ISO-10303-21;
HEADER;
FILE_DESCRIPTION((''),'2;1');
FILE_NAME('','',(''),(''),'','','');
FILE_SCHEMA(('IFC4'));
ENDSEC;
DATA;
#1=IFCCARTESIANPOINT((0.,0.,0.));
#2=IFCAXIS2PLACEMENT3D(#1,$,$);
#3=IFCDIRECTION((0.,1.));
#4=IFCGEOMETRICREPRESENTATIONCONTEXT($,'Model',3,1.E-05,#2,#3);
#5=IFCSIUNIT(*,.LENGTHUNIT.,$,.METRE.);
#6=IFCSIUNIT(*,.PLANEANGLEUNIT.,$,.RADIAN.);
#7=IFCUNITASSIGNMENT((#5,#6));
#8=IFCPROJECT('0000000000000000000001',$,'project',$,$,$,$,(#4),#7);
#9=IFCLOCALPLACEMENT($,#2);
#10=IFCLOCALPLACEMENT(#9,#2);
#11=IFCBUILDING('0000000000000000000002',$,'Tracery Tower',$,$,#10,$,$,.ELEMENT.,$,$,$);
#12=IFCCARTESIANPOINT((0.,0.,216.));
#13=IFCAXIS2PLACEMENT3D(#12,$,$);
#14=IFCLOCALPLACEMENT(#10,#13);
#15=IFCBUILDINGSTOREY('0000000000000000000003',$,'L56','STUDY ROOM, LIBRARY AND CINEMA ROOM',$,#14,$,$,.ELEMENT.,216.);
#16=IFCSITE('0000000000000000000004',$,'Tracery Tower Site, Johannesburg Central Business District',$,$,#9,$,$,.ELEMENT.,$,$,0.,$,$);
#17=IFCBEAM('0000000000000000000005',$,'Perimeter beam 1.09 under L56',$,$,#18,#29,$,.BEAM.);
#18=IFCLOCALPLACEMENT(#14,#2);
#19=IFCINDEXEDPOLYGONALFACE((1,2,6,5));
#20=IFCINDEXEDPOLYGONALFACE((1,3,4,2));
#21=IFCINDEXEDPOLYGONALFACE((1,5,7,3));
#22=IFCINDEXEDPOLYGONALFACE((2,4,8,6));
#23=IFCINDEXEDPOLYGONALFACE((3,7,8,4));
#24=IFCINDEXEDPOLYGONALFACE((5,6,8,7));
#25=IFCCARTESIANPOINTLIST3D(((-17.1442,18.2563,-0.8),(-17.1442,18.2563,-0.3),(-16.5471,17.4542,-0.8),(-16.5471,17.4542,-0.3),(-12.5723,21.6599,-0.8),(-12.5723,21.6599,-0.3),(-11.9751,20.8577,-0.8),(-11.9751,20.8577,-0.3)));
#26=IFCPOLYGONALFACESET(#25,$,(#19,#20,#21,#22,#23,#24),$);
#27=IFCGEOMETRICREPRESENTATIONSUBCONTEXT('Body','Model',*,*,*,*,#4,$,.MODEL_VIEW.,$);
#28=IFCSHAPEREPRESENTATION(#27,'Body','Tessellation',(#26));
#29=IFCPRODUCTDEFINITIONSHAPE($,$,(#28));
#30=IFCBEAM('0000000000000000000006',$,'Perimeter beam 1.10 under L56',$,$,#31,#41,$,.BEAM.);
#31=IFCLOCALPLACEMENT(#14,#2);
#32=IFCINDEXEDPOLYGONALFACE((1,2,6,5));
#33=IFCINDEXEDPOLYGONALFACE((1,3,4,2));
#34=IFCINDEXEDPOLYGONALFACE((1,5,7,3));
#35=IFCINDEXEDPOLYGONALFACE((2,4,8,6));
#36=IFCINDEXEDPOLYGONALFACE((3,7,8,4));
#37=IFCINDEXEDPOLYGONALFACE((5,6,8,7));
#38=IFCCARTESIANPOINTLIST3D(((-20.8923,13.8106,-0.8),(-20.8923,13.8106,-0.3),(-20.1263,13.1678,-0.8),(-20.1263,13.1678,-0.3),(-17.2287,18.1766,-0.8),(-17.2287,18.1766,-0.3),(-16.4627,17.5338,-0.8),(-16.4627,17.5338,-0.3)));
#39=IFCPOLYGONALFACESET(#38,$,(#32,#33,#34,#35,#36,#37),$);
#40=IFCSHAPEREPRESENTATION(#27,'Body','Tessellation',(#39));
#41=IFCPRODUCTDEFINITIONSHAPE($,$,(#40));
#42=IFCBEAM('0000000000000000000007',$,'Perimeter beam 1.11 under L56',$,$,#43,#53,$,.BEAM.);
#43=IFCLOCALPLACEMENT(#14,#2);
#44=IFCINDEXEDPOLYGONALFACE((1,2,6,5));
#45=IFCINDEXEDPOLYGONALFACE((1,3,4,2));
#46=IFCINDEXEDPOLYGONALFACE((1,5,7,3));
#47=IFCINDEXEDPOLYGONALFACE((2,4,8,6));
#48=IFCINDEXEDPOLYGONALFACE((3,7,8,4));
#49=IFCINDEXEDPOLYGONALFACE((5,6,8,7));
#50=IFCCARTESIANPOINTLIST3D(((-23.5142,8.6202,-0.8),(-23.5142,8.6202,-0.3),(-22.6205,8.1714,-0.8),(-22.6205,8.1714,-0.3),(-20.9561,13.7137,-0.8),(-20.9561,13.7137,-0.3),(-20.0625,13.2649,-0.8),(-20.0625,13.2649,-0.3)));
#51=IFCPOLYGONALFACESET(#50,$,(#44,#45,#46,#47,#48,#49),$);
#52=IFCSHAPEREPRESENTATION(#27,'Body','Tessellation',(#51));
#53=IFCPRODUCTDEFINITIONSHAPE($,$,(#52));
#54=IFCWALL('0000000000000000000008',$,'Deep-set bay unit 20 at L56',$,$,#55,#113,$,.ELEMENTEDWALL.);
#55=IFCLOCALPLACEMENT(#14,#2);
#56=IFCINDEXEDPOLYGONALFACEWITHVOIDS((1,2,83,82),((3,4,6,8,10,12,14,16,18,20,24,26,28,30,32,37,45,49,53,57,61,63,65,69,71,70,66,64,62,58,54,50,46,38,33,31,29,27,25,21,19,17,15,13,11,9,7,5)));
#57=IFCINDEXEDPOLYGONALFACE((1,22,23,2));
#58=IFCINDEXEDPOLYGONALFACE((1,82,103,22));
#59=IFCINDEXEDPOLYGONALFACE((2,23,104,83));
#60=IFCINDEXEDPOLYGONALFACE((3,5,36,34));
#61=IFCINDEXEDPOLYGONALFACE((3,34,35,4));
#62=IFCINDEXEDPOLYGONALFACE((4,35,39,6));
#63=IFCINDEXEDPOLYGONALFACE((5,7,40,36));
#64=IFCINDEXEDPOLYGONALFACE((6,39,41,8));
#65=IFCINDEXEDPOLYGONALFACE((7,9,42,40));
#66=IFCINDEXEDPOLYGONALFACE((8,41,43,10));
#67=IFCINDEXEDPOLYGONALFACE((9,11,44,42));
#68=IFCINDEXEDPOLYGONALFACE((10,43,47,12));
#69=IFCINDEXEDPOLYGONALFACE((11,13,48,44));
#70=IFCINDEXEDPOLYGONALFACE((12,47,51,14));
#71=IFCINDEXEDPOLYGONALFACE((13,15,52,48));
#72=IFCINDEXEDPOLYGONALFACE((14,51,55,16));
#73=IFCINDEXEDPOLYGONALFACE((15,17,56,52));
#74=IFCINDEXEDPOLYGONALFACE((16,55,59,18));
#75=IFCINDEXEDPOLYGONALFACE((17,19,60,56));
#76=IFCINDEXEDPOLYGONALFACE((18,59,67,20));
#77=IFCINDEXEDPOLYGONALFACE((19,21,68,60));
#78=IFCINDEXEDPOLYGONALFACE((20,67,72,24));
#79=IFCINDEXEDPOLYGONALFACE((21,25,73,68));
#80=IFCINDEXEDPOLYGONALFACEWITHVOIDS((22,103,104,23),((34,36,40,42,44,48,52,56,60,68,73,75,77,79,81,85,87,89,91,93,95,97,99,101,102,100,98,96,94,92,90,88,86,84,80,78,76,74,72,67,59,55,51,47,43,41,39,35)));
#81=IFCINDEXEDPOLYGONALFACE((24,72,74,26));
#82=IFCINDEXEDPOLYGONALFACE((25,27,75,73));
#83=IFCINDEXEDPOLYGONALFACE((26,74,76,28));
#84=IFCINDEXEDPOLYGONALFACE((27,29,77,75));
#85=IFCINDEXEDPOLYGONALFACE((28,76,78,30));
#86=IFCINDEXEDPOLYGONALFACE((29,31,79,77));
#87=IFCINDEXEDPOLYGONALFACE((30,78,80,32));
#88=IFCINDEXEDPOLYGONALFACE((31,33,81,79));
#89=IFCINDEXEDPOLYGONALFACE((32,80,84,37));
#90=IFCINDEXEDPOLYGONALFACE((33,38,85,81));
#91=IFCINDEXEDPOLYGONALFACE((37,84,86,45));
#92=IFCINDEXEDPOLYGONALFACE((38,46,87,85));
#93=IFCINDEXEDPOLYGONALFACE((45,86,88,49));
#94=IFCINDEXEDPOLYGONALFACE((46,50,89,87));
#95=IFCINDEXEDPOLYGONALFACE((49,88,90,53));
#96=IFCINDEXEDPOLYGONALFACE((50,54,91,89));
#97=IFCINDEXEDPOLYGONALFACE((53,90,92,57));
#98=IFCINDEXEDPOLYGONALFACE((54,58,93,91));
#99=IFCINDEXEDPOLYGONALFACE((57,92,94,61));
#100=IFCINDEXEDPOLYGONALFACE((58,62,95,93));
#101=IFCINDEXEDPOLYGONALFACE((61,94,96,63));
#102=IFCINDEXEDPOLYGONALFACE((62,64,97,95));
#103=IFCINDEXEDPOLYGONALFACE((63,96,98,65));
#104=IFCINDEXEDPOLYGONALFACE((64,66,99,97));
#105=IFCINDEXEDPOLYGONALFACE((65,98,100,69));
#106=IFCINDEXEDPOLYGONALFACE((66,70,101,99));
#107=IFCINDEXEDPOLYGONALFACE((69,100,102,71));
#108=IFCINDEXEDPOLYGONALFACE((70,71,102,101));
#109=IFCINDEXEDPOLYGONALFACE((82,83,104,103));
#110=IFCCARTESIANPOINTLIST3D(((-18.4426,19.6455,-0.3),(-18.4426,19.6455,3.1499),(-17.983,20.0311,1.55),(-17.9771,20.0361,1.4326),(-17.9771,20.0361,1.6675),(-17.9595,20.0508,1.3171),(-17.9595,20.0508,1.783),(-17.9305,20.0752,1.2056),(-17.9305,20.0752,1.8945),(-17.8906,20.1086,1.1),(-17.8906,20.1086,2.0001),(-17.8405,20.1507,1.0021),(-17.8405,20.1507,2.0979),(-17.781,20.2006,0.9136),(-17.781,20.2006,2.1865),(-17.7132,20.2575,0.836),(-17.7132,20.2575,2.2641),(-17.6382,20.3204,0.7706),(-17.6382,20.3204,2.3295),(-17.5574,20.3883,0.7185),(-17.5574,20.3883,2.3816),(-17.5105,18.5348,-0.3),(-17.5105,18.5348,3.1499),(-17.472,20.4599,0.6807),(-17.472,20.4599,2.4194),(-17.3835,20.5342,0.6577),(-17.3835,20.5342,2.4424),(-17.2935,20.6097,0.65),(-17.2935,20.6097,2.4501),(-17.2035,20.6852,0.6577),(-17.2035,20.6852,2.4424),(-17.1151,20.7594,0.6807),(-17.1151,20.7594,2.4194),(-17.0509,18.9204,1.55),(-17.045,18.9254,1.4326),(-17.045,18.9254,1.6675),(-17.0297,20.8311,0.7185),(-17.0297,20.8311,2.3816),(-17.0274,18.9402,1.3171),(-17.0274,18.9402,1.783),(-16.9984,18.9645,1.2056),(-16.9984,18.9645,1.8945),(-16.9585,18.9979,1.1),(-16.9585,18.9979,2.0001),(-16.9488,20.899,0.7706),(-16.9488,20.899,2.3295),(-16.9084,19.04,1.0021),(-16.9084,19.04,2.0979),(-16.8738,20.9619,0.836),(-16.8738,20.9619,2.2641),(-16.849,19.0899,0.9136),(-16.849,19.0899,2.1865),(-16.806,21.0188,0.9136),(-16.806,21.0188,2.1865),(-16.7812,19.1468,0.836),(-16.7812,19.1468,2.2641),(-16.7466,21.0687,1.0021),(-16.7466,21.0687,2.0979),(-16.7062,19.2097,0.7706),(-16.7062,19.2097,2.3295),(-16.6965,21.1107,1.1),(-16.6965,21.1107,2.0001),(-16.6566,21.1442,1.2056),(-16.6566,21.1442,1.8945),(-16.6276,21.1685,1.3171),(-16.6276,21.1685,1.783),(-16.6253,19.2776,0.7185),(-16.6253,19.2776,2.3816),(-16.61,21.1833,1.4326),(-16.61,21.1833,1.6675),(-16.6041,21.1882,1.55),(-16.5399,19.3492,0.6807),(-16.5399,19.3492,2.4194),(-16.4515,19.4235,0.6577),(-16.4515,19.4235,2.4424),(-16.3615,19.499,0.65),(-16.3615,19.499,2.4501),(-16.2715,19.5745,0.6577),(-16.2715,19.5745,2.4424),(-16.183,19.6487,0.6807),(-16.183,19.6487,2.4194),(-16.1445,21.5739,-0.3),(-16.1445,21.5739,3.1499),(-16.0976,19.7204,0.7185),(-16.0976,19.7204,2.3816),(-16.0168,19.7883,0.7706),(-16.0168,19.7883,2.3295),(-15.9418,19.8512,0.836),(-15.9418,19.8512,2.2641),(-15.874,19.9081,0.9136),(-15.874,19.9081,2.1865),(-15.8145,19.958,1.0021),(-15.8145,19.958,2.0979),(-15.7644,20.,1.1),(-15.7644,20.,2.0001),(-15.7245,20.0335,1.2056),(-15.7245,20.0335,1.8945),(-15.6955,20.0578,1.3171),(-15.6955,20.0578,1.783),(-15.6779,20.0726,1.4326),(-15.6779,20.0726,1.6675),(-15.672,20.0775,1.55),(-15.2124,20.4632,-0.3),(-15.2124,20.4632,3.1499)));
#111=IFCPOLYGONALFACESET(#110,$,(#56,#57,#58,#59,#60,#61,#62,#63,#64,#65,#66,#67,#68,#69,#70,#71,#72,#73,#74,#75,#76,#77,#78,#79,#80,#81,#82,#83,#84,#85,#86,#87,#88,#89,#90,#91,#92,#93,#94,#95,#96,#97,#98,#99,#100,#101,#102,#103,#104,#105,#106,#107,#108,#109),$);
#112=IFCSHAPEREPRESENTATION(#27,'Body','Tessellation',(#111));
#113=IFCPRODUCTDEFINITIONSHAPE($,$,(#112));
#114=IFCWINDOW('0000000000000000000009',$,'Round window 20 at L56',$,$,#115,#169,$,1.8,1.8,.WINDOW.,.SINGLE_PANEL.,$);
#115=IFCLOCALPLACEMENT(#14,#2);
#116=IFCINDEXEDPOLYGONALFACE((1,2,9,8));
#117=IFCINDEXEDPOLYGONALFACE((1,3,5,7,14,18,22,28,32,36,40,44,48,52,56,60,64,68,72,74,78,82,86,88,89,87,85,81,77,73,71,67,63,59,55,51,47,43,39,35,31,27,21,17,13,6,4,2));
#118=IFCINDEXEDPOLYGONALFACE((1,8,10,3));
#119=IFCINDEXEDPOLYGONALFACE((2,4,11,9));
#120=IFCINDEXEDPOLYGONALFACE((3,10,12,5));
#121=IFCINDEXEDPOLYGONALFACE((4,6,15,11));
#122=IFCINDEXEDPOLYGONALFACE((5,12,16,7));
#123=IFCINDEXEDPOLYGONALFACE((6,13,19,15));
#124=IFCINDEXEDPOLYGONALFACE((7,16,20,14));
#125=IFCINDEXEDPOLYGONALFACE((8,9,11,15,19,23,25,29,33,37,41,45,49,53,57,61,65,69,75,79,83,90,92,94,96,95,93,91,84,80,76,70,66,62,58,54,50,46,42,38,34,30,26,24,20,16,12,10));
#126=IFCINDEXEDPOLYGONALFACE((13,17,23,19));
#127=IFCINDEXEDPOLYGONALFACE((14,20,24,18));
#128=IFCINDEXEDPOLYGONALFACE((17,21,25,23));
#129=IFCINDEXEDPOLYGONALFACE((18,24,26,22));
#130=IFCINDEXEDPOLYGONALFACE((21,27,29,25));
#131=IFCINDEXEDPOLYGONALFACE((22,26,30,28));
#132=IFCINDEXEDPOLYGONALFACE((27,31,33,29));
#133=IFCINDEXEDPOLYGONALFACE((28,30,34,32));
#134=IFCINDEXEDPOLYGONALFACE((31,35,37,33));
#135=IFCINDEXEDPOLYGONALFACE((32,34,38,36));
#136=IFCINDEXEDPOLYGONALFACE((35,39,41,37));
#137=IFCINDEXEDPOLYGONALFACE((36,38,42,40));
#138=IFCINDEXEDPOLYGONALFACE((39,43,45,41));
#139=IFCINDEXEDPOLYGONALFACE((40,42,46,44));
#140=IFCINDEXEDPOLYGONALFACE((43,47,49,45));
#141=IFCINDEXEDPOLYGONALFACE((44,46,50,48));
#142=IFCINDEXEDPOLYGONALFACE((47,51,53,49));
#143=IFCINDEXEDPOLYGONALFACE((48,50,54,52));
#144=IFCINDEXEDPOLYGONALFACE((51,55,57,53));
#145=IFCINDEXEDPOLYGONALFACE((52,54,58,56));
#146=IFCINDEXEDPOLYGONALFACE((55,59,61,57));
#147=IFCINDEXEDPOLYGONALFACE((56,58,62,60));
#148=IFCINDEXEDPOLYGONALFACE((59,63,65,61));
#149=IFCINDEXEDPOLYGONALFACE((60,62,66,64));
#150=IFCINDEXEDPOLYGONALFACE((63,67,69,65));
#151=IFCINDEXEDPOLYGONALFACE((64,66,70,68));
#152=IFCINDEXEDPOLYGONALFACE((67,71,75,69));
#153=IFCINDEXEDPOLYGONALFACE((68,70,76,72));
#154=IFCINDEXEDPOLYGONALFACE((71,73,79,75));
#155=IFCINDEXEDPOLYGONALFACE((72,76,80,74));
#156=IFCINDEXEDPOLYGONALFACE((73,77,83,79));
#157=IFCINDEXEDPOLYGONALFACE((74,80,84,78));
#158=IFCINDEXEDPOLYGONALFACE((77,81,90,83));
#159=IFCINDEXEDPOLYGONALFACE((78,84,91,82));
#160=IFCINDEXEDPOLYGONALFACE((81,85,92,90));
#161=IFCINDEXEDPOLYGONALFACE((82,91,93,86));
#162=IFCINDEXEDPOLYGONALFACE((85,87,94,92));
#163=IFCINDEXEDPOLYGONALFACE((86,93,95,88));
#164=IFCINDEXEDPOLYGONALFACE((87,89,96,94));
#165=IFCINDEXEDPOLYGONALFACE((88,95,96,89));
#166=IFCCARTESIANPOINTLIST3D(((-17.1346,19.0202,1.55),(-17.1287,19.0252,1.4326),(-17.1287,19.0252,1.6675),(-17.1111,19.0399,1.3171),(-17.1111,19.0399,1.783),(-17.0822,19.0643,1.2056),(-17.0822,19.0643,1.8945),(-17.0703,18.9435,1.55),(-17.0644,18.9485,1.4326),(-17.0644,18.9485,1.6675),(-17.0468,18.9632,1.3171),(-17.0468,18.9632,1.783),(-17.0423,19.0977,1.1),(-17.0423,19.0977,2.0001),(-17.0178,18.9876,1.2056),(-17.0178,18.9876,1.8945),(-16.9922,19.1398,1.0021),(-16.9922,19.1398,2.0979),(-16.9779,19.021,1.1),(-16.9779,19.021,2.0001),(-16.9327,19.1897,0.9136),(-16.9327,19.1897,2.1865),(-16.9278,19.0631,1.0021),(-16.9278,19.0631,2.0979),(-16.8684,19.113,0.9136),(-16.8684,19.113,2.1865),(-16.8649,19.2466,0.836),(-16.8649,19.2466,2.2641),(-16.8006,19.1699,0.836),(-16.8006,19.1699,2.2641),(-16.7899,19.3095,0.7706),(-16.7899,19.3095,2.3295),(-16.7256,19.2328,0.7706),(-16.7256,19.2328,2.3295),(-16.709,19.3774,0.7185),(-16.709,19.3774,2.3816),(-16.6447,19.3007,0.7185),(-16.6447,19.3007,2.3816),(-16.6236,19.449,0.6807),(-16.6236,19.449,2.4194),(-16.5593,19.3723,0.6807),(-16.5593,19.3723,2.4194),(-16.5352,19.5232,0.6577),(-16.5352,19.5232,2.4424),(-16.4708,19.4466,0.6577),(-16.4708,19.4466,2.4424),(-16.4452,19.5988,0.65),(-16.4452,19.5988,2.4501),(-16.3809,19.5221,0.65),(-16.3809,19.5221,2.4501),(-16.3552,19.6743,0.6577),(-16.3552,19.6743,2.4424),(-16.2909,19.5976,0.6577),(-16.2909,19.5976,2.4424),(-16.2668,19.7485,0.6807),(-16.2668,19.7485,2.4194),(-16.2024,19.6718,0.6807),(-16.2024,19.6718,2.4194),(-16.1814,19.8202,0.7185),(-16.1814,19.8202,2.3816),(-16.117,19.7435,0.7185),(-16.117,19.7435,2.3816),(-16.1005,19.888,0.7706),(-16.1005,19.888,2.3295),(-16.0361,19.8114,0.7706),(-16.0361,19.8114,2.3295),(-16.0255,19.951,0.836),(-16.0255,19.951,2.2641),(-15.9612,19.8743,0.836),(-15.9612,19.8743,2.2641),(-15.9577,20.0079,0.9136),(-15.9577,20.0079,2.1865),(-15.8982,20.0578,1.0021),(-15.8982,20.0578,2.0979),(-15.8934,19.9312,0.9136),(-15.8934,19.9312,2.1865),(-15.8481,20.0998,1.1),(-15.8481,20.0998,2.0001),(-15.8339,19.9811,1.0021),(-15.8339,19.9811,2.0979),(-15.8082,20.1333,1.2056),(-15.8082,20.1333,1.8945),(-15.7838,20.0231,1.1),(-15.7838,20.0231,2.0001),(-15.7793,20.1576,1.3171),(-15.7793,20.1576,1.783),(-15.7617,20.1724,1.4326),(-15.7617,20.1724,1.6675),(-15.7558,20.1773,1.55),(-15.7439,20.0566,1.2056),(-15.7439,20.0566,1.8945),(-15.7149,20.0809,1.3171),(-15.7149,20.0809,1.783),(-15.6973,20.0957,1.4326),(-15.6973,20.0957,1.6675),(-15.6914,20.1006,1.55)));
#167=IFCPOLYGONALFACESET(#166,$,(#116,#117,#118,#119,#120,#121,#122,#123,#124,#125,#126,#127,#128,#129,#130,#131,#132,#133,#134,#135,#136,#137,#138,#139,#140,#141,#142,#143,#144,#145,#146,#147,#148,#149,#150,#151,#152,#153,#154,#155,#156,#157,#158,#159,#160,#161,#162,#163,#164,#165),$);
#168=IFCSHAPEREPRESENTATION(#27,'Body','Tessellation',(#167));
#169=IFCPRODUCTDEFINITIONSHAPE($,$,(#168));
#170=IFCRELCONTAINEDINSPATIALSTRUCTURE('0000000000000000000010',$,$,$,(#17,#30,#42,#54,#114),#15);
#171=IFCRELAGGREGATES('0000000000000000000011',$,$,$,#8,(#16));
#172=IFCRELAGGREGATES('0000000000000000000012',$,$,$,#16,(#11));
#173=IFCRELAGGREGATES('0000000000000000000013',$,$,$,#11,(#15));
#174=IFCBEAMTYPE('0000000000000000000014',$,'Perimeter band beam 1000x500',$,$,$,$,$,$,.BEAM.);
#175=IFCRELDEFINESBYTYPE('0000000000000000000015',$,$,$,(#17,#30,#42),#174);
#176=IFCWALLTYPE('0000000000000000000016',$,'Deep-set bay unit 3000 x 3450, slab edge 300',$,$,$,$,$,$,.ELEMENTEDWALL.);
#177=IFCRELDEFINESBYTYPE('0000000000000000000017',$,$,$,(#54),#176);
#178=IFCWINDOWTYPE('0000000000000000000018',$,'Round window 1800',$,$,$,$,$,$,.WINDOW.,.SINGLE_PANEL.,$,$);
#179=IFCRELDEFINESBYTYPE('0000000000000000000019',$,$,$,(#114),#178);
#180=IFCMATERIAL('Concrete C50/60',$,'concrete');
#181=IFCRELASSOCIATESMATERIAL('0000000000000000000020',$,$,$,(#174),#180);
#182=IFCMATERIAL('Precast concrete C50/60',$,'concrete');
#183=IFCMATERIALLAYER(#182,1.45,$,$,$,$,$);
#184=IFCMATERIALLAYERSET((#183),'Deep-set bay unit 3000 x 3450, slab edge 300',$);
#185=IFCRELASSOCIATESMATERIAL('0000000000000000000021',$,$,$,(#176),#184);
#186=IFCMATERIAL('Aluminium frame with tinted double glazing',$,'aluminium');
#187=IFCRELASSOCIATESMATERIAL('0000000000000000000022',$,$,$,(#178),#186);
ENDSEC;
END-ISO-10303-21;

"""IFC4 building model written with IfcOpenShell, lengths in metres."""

from ifc_helpers import new_model, si_unit, direction, frame, frame_2d, origin, origin_2d, place, context, subcontext, project, spatial, rectangle, circle, extrude, material, layer, layer_set, material_profile, profile_set, type_object, element, fill, save


model = new_model("IFC4")

# Units and contexts
model_context = context("Model", 3, precision=1e-05, world=origin(), true_north=direction((0.0, 1.0)))
body_context = subcontext(model_context, "Body", "Model", "MODEL_VIEW")
ifc_project = project(units=[si_unit("LENGTHUNIT", "METRE"), si_unit("PLANEANGLEUNIT", "RADIAN")], contexts=[model_context])

# Site, building, storey
site_placement = place(None, origin())
site = spatial("IfcSite", under=ifc_project, at=site_placement, Name="Tracery Tower Site, Johannesburg Central Business District", CompositionType="ELEMENT", RefElevation=0.0)
building_placement = place(site_placement, origin())
building = spatial("IfcBuilding", under=site, at=building_placement, Name="Tracery Tower", CompositionType="ELEMENT")
storey_placement = place(building_placement, frame((0.0, 0.0, 216.0)))
storey = spatial("IfcBuildingStorey", under=building, at=storey_placement, Name="L56", Description="STUDY ROOM, LIBRARY AND CINEMA ROOM", CompositionType="ELEMENT", Elevation=216.0)

# Beams
ifc_material_1 = material(Name="Concrete C50/60", Category="concrete")
ifc_material_profile_1 = material_profile(ifc_material_1, rectangle(XDim=1.0, YDim=0.5, at=origin_2d()), Name="RC 1000x500")
ifc_profile_set_1 = profile_set([ifc_material_profile_1], Name="Concrete C50/60")
beam_type = type_object("IfcBeamType", Name="Perimeter band beam 1000x500", PredefinedType="BEAM", material=ifc_profile_set_1)
beam_1_placement = place(storey_placement, frame((-12.2737, 21.2588, -0.55), z_axis=(-0.802138, -0.597138, 0.0), x_axis=(0.597138, -0.802138, 0.0)))
element("IfcBeam", 1, at=beam_1_placement, inside=storey, type_object=beam_type, Name="Perimeter beam 1.09 under L56", PredefinedType="BEAM", context=body_context, shape_type="SweptSolid", body=[
    extrude(rectangle(XDim=1.0, YDim=0.5, at=origin_2d()), origin(), (0.0, 0.0, 1.0), 5.6997),
])
beam_2_placement = place(storey_placement, frame((-16.8457, 17.8552, -0.55), z_axis=(-0.642797, -0.766036, 0.0), x_axis=(0.766036, -0.642797, 0.0)))
element("IfcBeam", 2, at=beam_2_placement, inside=storey, type_object=beam_type, Name="Perimeter beam 1.10 under L56", PredefinedType="BEAM", context=body_context, shape_type="SweptSolid", body=[
    extrude(rectangle(XDim=1.0, YDim=0.5, at=origin_2d()), origin(), (0.0, 0.0, 1.0), 5.6995),
])
beam_3_placement = place(storey_placement, frame((-20.5093, 13.4893, -0.55), z_axis=(-0.448806, -0.893629, 0.0), x_axis=(0.893629, -0.448806, 0.0)))
element("IfcBeam", 3, at=beam_3_placement, inside=storey, type_object=beam_type, Name="Perimeter beam 1.11 under L56", PredefinedType="BEAM", context=body_context, shape_type="SweptSolid", body=[
    extrude(rectangle(XDim=1.0, YDim=0.5, at=origin_2d()), origin(), (0.0, 0.0, 1.0), 5.6997),
])

# Wall, opening, window
ifc_material_2 = material(Name="Precast concrete C50/60", Category="concrete")
ifc_layer_1 = layer(ifc_material_2, 1.45)
ifc_layer_set_1 = layer_set([ifc_layer_1], Name="Deep-set bay unit 3000 x 3450, slab edge 300")
wall_type_1 = type_object("IfcWallType", Name="Deep-set bay unit 3000 x 3450, slab edge 300", PredefinedType="ELEMENTEDWALL", material=ifc_layer_set_1)
wall_1_placement = place(storey_placement, frame((-15.6785, 21.0186, -0.3), z_axis=(0.0, 0.0, 1.0), x_axis=(-0.766022, -0.642814, 0.0)))
wall_1 = element("IfcWall", 4, at=wall_1_placement, inside=storey, type_object=wall_type_1, Name="Deep-set bay unit 20 at L56", PredefinedType="ELEMENTEDWALL", context=body_context, shape_type="SweptSolid", body=[
    extrude(rectangle(XDim=3.0, YDim=1.45, at=frame_2d((1.5, 0.0))), origin(), (0.0, 0.0, 1.0), 3.45),
])
opening_1_placement = place(wall_1_placement, frame((1.5, 0.0, 1.8501)))
opening_1 = element("IfcOpeningElement", 5, at=opening_1_placement, cuts=wall_1, PredefinedType="OPENING", context=body_context, shape_type="SweptSolid", body=[
    extrude(circle(Radius=0.9, at=origin_2d()), frame((0.0, 0.7349, 0.0), z_axis=(0.0, -1.0, 0.0), x_axis=(1.0, 0.0, 0.0)), (0.0, 0.0, 1.0), 1.47),
])
ifc_material_3 = material(Name="Aluminium frame with tinted double glazing", Category="aluminium")
window_type = type_object("IfcWindowType", Name="Round window 1800", PartitioningType="SINGLE_PANEL", PredefinedType="WINDOW", material=ifc_material_3)
window_1_placement = place(opening_1_placement, origin())
window_1 = element("IfcWindow", 6, at=window_1_placement, inside=storey, type_object=window_type, Name="Round window 20 at L56", OverallHeight=1.8, OverallWidth=1.8, PartitioningType="SINGLE_PANEL", PredefinedType="WINDOW", context=body_context, shape_type="SweptSolid", body=[
    extrude(circle(Radius=0.9, at=origin_2d()), frame((0.0, 0.6948, 0.0), z_axis=(0.0, -1.0, 0.0), x_axis=(1.0, 0.0, 0.0)), (0.0, 0.0, 1.0), 0.1001),
])
fill(opening_1, window_1)

save(model, "model.ifc")
